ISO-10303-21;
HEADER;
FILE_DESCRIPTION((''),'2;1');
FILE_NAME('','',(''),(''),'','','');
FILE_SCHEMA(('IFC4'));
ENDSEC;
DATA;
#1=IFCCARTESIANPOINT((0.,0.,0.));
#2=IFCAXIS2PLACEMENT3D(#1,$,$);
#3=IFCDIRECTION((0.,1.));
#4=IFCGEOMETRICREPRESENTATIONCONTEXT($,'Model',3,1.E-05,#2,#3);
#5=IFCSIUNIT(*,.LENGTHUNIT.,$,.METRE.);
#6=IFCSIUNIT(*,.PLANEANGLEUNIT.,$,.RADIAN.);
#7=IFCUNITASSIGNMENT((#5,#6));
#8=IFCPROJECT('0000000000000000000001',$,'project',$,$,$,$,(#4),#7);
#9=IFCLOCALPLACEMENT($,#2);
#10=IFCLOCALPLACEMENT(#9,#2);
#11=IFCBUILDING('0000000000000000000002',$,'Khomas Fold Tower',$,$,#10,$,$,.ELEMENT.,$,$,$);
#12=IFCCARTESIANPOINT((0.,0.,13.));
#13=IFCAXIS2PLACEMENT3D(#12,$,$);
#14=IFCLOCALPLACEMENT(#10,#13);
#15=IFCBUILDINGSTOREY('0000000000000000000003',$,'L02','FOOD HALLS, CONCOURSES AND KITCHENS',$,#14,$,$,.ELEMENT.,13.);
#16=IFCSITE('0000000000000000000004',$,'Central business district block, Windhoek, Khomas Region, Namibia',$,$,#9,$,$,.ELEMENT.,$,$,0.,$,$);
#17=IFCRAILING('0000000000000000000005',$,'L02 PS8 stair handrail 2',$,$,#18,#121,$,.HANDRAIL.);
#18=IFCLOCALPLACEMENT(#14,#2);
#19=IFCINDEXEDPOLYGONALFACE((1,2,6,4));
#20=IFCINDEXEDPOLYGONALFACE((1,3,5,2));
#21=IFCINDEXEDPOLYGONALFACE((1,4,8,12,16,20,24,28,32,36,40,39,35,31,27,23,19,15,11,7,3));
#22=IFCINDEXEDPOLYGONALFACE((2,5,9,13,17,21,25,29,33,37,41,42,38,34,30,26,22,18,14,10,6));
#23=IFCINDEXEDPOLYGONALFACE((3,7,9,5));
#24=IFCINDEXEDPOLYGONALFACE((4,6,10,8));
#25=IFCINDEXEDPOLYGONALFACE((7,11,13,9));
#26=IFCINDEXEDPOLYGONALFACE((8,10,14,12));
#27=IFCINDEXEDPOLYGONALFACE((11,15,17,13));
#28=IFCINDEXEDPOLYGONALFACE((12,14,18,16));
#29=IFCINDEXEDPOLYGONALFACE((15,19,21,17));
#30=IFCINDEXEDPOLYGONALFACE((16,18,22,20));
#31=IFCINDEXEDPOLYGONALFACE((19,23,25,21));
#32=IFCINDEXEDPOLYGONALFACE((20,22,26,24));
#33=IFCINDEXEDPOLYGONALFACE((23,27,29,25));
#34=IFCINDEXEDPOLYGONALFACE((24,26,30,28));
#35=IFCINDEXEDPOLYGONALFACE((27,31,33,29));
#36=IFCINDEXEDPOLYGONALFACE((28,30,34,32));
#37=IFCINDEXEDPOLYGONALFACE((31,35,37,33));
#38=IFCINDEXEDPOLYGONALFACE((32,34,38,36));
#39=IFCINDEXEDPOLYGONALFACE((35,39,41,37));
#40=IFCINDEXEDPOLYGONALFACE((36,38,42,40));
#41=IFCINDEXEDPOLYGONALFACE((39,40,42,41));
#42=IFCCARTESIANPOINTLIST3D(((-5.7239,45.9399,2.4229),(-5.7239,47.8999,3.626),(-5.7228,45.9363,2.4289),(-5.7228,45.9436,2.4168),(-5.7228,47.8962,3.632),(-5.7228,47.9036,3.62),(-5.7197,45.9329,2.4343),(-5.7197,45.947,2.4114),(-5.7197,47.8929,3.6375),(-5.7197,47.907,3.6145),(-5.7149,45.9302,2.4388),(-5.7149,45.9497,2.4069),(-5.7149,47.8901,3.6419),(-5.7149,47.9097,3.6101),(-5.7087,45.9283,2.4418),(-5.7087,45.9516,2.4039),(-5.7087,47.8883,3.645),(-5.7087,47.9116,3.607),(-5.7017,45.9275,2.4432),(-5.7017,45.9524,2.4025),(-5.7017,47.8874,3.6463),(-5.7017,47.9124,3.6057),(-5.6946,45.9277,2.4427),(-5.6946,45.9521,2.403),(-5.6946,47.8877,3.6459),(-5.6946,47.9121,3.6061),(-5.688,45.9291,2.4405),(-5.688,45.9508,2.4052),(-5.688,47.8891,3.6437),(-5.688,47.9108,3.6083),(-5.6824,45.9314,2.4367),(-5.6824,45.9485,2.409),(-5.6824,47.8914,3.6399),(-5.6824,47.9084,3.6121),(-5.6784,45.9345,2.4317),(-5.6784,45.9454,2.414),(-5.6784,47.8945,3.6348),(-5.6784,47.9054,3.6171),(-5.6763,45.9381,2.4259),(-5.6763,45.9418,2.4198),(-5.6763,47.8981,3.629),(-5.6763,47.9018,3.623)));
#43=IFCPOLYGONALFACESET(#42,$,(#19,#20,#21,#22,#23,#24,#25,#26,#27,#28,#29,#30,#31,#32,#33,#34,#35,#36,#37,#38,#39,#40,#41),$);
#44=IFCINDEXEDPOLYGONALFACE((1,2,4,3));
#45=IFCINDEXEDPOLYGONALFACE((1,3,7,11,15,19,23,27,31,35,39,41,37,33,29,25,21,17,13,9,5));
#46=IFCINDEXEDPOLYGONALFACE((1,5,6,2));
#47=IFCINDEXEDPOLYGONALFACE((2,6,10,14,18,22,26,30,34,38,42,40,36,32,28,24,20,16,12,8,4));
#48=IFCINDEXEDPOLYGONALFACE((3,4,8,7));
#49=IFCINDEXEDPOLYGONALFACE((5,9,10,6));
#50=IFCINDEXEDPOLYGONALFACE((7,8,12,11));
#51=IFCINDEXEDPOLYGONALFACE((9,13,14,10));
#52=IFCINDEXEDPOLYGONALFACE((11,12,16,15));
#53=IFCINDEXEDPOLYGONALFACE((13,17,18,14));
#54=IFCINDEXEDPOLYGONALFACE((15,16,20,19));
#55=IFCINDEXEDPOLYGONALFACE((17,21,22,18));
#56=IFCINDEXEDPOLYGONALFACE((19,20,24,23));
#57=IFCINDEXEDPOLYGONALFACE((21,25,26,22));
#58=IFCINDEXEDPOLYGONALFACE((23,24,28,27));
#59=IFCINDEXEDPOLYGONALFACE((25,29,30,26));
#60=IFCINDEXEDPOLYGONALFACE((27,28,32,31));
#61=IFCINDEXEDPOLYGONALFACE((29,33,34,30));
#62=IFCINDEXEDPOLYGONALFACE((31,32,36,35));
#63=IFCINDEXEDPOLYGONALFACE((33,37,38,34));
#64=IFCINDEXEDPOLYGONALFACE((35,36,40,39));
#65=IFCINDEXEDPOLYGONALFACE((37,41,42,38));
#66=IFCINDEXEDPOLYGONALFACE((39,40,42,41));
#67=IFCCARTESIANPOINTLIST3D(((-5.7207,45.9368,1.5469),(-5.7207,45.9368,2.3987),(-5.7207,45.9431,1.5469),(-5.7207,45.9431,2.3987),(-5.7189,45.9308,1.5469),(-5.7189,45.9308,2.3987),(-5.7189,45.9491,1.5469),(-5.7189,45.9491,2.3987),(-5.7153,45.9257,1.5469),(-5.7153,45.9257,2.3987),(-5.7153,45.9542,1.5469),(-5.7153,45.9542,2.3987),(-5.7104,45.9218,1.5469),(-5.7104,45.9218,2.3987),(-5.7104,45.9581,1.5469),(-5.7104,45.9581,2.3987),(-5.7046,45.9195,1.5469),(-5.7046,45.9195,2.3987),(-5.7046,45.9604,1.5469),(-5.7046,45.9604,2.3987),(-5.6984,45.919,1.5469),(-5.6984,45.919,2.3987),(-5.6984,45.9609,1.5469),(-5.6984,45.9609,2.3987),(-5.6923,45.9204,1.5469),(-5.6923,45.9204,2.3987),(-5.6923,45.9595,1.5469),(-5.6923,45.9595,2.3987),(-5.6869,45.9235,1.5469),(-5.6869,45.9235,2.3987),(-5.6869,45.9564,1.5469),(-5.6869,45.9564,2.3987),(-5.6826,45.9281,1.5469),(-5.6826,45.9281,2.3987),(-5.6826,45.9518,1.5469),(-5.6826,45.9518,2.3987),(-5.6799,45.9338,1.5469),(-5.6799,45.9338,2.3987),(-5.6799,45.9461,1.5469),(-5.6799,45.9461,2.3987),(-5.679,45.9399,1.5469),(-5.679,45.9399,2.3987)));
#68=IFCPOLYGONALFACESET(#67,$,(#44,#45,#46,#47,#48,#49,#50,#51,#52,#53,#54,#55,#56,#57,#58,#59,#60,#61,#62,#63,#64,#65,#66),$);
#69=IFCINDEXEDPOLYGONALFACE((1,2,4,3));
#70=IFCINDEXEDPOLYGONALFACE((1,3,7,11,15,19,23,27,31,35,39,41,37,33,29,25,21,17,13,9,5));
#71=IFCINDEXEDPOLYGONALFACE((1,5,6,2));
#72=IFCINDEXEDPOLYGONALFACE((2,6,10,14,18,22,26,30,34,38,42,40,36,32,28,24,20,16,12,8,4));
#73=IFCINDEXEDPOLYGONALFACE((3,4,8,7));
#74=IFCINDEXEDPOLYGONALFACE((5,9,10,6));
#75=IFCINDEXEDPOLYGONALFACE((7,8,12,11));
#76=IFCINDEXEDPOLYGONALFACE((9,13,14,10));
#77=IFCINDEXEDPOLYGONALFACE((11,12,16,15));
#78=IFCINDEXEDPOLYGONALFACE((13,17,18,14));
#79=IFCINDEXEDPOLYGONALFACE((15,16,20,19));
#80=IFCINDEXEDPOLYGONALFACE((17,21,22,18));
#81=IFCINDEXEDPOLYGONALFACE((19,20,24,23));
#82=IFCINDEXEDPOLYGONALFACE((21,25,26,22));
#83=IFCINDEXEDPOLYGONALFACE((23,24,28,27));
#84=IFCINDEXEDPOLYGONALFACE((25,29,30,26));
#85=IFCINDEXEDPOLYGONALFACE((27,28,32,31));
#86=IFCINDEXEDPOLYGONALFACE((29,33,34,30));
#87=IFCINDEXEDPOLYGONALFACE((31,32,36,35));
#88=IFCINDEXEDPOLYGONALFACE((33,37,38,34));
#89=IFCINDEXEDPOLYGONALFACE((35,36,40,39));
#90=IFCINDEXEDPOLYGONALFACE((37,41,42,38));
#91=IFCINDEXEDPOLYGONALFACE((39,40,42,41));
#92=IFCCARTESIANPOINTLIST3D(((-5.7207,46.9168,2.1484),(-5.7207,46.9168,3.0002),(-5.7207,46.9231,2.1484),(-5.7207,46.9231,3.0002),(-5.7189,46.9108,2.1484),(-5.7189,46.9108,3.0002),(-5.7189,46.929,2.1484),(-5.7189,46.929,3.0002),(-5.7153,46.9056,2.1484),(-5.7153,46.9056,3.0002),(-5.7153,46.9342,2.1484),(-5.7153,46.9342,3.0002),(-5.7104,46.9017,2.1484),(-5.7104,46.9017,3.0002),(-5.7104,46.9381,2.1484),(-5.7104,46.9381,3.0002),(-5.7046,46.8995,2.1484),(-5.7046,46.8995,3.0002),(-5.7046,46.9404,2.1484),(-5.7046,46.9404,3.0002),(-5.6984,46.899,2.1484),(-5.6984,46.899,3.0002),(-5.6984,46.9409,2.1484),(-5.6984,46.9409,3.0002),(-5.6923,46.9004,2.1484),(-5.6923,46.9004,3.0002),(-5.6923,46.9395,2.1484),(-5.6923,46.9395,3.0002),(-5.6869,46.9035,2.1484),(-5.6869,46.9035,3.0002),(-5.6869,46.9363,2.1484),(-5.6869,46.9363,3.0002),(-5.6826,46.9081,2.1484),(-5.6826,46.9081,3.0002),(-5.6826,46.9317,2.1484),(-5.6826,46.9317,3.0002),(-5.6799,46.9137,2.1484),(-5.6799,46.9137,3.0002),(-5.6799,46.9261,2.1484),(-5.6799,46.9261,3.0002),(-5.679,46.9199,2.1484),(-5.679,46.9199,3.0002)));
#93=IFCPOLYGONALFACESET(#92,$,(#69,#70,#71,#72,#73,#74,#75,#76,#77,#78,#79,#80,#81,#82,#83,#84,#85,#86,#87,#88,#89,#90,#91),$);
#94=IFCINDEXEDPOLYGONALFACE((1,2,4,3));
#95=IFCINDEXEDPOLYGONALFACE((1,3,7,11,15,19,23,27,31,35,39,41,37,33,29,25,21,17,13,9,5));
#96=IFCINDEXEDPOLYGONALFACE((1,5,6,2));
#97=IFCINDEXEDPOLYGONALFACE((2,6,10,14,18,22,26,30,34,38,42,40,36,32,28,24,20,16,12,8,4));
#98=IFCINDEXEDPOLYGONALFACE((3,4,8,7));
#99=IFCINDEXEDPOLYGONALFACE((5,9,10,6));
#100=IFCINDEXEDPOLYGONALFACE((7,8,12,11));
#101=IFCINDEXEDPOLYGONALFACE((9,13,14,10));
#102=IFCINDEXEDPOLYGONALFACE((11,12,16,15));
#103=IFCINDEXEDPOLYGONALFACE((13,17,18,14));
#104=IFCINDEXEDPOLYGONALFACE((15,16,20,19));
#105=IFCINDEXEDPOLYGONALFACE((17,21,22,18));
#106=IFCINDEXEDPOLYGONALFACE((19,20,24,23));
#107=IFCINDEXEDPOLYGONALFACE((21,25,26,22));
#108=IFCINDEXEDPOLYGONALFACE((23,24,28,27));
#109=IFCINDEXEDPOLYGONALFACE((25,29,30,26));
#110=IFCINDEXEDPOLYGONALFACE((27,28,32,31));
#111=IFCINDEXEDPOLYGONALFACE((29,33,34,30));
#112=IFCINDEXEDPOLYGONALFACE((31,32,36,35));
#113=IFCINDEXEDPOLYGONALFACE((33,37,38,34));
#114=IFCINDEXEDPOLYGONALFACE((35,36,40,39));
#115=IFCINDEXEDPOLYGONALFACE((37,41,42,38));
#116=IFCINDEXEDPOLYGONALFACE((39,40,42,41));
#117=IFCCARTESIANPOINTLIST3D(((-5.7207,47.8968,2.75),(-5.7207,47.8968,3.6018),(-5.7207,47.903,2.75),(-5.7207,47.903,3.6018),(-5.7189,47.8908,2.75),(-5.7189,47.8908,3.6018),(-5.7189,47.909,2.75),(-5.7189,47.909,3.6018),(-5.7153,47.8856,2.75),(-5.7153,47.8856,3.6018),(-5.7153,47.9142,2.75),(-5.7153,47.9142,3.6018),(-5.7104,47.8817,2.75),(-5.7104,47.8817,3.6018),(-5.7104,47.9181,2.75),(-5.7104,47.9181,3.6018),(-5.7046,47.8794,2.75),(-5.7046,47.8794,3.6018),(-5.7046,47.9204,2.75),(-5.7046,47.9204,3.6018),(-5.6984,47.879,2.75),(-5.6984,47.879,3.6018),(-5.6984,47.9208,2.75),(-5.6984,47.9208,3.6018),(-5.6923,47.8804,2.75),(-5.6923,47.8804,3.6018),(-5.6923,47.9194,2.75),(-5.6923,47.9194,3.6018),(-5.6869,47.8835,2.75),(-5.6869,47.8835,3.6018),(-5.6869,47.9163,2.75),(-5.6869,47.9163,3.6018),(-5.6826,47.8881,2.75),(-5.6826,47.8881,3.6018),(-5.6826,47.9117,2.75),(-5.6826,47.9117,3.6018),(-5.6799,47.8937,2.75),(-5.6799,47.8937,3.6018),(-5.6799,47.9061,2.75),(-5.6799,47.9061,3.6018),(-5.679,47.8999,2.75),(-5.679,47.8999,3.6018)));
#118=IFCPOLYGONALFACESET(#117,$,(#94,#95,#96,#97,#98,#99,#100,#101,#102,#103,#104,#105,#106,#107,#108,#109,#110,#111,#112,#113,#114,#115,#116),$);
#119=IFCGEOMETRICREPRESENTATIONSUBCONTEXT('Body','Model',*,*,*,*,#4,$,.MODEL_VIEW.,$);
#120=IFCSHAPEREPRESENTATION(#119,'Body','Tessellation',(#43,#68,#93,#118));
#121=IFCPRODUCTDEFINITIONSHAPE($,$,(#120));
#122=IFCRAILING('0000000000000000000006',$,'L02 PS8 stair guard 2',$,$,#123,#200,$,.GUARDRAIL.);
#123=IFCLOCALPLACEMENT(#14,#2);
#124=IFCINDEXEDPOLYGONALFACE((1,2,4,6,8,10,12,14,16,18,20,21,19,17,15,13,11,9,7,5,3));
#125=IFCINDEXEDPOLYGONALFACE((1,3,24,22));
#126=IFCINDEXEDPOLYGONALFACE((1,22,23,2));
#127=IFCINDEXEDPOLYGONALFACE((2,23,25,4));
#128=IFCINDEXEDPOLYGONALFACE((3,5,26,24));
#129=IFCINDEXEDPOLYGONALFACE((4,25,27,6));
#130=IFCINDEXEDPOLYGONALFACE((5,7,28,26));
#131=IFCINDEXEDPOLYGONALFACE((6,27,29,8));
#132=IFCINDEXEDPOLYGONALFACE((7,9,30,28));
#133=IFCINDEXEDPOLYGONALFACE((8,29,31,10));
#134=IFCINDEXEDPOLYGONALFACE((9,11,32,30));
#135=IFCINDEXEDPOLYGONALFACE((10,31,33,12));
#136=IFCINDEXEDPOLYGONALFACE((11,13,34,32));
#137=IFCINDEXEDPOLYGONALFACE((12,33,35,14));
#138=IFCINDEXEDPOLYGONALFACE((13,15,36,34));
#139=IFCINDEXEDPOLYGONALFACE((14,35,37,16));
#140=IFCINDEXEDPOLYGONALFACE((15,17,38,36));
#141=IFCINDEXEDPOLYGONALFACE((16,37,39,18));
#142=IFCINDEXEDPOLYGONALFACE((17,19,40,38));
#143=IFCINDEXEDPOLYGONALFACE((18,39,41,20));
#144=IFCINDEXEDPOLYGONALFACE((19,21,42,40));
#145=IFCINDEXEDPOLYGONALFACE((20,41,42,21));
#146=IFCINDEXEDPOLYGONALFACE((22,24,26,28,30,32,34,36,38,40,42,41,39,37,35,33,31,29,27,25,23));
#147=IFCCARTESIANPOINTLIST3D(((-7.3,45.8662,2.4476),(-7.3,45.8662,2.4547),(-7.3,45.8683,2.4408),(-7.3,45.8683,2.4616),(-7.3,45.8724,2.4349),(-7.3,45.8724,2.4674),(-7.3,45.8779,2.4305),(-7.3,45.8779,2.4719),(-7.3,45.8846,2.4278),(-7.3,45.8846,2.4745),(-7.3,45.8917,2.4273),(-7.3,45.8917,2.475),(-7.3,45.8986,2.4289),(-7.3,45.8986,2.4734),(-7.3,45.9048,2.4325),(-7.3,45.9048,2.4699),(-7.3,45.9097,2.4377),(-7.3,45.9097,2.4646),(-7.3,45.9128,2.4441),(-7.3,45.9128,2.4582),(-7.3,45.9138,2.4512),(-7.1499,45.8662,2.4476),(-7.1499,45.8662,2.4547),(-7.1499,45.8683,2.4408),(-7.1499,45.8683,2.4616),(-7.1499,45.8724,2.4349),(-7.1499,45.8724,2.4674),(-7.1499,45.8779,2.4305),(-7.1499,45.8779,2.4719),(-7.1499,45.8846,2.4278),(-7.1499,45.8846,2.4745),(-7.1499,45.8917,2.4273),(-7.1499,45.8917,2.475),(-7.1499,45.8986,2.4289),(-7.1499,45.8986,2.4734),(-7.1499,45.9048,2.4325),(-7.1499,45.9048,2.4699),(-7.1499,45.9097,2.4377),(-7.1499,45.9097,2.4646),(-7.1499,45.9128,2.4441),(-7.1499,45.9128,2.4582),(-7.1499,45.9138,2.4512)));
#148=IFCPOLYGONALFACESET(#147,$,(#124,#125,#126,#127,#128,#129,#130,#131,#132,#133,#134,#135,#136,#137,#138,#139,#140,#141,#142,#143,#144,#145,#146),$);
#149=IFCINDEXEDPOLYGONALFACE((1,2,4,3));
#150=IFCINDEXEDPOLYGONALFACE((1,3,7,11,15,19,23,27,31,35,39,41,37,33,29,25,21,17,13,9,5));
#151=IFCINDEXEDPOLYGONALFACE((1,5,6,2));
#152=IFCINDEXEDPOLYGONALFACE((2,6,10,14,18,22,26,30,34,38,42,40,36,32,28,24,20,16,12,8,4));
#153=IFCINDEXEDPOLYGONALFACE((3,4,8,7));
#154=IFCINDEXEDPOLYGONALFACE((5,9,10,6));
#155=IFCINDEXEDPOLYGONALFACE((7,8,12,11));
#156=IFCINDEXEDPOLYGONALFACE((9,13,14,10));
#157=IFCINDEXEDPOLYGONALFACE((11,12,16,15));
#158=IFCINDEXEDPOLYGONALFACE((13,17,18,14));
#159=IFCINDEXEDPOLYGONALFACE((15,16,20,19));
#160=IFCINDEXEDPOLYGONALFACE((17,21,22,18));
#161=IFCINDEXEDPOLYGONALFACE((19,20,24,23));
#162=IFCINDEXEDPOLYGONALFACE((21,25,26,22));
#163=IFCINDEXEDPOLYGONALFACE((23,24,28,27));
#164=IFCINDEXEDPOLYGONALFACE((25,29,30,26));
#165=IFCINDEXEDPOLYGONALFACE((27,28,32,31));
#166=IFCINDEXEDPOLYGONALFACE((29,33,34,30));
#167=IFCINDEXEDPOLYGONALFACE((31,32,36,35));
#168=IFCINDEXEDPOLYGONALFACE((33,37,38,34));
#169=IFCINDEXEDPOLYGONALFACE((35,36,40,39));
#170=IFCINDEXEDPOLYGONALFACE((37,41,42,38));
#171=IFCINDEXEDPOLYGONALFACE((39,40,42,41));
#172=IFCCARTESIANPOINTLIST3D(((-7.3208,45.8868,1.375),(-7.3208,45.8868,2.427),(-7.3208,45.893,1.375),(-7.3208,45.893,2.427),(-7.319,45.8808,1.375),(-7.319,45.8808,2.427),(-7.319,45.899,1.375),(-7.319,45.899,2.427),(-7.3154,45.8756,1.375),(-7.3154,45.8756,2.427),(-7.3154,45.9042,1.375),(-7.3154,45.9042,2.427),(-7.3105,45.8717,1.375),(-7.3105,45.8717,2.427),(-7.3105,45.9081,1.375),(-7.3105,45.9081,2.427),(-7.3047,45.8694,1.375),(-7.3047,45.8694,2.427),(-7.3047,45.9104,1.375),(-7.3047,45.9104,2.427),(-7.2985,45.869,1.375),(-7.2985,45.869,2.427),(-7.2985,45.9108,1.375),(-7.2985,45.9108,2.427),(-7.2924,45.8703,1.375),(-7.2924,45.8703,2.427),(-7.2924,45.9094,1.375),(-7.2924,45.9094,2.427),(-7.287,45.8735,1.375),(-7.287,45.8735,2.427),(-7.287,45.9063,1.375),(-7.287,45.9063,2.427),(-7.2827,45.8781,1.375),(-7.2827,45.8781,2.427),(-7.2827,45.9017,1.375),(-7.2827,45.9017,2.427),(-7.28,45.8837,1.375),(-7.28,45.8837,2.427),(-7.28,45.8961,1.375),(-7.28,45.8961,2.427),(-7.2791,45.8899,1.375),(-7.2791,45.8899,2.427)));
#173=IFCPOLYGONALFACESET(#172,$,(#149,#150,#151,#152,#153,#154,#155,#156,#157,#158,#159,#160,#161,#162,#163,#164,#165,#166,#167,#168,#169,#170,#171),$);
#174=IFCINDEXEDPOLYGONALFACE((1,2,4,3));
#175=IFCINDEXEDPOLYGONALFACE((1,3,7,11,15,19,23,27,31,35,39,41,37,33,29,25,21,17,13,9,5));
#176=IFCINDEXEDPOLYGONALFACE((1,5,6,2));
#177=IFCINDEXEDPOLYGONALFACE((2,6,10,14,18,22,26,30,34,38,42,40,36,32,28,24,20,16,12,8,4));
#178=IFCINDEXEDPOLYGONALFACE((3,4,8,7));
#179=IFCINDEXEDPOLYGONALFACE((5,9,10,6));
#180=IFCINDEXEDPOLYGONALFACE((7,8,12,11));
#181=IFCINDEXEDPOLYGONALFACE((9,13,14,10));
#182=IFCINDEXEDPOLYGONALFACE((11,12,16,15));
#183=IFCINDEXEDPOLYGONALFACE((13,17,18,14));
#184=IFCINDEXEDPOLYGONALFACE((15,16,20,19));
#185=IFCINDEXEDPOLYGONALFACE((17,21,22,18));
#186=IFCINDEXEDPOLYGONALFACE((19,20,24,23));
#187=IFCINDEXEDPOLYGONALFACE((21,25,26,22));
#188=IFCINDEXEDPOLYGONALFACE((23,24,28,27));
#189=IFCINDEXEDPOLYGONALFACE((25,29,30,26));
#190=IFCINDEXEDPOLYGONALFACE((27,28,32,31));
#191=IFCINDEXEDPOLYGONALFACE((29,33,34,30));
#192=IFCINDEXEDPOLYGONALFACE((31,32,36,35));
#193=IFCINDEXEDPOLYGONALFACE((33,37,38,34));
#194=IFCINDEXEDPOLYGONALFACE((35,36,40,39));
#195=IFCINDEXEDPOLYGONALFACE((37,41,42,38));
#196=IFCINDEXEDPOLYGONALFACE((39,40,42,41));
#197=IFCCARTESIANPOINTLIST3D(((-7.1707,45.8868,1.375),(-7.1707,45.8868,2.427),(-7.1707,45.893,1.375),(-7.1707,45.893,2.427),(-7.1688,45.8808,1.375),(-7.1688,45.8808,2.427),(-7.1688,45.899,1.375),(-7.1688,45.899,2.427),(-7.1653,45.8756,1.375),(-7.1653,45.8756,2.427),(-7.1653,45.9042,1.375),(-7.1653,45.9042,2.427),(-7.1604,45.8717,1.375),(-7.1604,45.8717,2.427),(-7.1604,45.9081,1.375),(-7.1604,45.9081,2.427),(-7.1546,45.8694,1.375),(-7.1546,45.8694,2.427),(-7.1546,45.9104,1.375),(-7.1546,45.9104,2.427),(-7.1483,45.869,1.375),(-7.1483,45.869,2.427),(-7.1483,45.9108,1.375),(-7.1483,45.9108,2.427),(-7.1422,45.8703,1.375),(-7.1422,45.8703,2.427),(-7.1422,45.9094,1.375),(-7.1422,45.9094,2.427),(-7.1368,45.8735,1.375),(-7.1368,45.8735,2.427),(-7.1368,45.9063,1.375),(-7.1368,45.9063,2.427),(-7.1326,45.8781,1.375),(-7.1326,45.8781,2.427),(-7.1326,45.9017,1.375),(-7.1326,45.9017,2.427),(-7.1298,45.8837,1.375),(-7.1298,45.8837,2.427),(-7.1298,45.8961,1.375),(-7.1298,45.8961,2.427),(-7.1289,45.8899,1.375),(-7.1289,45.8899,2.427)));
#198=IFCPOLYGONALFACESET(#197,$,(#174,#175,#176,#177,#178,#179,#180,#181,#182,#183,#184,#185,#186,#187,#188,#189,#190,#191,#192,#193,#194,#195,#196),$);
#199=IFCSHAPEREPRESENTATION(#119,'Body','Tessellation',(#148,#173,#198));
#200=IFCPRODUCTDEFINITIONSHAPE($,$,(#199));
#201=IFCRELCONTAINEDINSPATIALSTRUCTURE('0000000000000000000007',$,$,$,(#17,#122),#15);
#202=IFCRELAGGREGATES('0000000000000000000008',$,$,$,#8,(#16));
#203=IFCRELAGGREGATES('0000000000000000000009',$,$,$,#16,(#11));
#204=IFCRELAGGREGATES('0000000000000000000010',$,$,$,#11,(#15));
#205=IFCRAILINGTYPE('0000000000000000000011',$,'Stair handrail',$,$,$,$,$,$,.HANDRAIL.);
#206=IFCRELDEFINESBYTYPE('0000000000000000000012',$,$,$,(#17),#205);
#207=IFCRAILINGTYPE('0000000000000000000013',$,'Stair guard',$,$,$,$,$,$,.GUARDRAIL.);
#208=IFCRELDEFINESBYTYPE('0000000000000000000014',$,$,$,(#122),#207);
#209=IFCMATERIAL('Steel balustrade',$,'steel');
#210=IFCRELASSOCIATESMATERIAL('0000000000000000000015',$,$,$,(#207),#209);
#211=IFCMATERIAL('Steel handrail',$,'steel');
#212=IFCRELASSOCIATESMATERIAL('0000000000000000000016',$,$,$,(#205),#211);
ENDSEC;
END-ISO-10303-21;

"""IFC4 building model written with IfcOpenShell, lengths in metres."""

from ifc_helpers import new_model, si_unit, direction, frame, origin, origin_2d, place, context, subcontext, project, spatial, circle, extrude, source, transform, mapped, material, type_object, element, save


model = new_model("IFC4")

# Units and contexts
model_context = context("Model", 3, precision=1e-05, world=origin(), true_north=direction((0.0, 1.0)))
body_context = subcontext(model_context, "Body", "Model", "MODEL_VIEW")
ifc_project = project(units=[si_unit("LENGTHUNIT", "METRE"), si_unit("PLANEANGLEUNIT", "RADIAN")], contexts=[model_context])

# Site, building, storey
site_placement = place(None, origin())
site = spatial("IfcSite", under=ifc_project, at=site_placement, Name="Central business district block, Windhoek, Khomas Region, Namibia", CompositionType="ELEMENT", RefElevation=0.0)
building_placement = place(site_placement, origin())
building = spatial("IfcBuilding", under=site, at=building_placement, Name="Khomas Fold Tower", CompositionType="ELEMENT")
storey_placement = place(building_placement, frame((0.0, 0.0, 13.0)))
storey = spatial("IfcBuildingStorey", under=building, at=storey_placement, Name="L02", Description="FOOD HALLS, CONCOURSES AND KITCHENS", CompositionType="ELEMENT", Elevation=13.0)

# Railings
ifc_material_1 = material(Name="Steel balustrade", Category="steel")
railing_type_1 = type_object("IfcRailingType", Name="Stair guard", PredefinedType="GUARDRAIL", material=ifc_material_1)
ifc_material_2 = material(Name="Steel handrail", Category="steel")
railing_type_2 = type_object("IfcRailingType", Name="Stair handrail", PredefinedType="HANDRAIL", material=ifc_material_2)
shared_shape_1 = source(origin(), body_context, "Body", "SweptSolid", [
    extrude(circle(Radius=0.0239, at=origin_2d()), frame((0.0, 0.0, 0.876), z_axis=(0.0, 0.852241, 0.523149), x_axis=(-1.0, 0.0, 0.0)), (0.0, 0.0, 1.0), 2.2998),
    extrude(circle(Radius=0.021, at=origin_2d()), origin(), (0.0, 0.0, 1.0), 0.8518),
    extrude(circle(Radius=0.021, at=origin_2d()), frame((0.0, 0.98, 0.6016)), (0.0, 0.0, 1.0), 0.8518),
    extrude(circle(Radius=0.021, at=origin_2d()), frame((0.0, 1.96, 1.2031)), (0.0, 0.0, 1.0), 0.8518),
])
railing_placement = place(storey_placement, frame((-5.7, 45.9399, 1.5469)))
element("IfcRailing", 1, at=railing_placement, inside=storey, type_object=railing_type_2, Name="L02 PS8 stair handrail 2", PredefinedType="HANDRAIL", context=body_context, shape_type="MappedRepresentation", body=[
    mapped(shared_shape_1, transform((0.0, 0.0, 0.0))),
])
shared_shape_2 = source(origin(), body_context, "Body", "SweptSolid", [
    extrude(circle(Radius=0.0239, at=origin_2d()), frame((0.0, 0.0, 1.0762), z_axis=(1.0, 0.0, 0.0), x_axis=(0.0, 1.0, 0.0)), (0.0, 0.0, 1.0), 0.1501),
    extrude(circle(Radius=0.021, at=origin_2d()), origin(), (0.0, 0.0, 1.0), 1.052),
    extrude(circle(Radius=0.021, at=origin_2d()), frame((0.1501, 0.0, 0.0)), (0.0, 0.0, 1.0), 1.052),
])
for number, where, name in (
    (2, (-7.3, 45.8899, 1.375), "L02 PS8 stair guard 2"),
):
    element("IfcRailing", number, at=place(storey_placement, frame(where)), inside=storey, type_object=railing_type_1, Name=name, PredefinedType="GUARDRAIL", context=body_context, shape_type="MappedRepresentation", body=[
        mapped(shared_shape_2, transform((0.0, 0.0, 0.0))),
    ])

save(model, "model.ifc")
